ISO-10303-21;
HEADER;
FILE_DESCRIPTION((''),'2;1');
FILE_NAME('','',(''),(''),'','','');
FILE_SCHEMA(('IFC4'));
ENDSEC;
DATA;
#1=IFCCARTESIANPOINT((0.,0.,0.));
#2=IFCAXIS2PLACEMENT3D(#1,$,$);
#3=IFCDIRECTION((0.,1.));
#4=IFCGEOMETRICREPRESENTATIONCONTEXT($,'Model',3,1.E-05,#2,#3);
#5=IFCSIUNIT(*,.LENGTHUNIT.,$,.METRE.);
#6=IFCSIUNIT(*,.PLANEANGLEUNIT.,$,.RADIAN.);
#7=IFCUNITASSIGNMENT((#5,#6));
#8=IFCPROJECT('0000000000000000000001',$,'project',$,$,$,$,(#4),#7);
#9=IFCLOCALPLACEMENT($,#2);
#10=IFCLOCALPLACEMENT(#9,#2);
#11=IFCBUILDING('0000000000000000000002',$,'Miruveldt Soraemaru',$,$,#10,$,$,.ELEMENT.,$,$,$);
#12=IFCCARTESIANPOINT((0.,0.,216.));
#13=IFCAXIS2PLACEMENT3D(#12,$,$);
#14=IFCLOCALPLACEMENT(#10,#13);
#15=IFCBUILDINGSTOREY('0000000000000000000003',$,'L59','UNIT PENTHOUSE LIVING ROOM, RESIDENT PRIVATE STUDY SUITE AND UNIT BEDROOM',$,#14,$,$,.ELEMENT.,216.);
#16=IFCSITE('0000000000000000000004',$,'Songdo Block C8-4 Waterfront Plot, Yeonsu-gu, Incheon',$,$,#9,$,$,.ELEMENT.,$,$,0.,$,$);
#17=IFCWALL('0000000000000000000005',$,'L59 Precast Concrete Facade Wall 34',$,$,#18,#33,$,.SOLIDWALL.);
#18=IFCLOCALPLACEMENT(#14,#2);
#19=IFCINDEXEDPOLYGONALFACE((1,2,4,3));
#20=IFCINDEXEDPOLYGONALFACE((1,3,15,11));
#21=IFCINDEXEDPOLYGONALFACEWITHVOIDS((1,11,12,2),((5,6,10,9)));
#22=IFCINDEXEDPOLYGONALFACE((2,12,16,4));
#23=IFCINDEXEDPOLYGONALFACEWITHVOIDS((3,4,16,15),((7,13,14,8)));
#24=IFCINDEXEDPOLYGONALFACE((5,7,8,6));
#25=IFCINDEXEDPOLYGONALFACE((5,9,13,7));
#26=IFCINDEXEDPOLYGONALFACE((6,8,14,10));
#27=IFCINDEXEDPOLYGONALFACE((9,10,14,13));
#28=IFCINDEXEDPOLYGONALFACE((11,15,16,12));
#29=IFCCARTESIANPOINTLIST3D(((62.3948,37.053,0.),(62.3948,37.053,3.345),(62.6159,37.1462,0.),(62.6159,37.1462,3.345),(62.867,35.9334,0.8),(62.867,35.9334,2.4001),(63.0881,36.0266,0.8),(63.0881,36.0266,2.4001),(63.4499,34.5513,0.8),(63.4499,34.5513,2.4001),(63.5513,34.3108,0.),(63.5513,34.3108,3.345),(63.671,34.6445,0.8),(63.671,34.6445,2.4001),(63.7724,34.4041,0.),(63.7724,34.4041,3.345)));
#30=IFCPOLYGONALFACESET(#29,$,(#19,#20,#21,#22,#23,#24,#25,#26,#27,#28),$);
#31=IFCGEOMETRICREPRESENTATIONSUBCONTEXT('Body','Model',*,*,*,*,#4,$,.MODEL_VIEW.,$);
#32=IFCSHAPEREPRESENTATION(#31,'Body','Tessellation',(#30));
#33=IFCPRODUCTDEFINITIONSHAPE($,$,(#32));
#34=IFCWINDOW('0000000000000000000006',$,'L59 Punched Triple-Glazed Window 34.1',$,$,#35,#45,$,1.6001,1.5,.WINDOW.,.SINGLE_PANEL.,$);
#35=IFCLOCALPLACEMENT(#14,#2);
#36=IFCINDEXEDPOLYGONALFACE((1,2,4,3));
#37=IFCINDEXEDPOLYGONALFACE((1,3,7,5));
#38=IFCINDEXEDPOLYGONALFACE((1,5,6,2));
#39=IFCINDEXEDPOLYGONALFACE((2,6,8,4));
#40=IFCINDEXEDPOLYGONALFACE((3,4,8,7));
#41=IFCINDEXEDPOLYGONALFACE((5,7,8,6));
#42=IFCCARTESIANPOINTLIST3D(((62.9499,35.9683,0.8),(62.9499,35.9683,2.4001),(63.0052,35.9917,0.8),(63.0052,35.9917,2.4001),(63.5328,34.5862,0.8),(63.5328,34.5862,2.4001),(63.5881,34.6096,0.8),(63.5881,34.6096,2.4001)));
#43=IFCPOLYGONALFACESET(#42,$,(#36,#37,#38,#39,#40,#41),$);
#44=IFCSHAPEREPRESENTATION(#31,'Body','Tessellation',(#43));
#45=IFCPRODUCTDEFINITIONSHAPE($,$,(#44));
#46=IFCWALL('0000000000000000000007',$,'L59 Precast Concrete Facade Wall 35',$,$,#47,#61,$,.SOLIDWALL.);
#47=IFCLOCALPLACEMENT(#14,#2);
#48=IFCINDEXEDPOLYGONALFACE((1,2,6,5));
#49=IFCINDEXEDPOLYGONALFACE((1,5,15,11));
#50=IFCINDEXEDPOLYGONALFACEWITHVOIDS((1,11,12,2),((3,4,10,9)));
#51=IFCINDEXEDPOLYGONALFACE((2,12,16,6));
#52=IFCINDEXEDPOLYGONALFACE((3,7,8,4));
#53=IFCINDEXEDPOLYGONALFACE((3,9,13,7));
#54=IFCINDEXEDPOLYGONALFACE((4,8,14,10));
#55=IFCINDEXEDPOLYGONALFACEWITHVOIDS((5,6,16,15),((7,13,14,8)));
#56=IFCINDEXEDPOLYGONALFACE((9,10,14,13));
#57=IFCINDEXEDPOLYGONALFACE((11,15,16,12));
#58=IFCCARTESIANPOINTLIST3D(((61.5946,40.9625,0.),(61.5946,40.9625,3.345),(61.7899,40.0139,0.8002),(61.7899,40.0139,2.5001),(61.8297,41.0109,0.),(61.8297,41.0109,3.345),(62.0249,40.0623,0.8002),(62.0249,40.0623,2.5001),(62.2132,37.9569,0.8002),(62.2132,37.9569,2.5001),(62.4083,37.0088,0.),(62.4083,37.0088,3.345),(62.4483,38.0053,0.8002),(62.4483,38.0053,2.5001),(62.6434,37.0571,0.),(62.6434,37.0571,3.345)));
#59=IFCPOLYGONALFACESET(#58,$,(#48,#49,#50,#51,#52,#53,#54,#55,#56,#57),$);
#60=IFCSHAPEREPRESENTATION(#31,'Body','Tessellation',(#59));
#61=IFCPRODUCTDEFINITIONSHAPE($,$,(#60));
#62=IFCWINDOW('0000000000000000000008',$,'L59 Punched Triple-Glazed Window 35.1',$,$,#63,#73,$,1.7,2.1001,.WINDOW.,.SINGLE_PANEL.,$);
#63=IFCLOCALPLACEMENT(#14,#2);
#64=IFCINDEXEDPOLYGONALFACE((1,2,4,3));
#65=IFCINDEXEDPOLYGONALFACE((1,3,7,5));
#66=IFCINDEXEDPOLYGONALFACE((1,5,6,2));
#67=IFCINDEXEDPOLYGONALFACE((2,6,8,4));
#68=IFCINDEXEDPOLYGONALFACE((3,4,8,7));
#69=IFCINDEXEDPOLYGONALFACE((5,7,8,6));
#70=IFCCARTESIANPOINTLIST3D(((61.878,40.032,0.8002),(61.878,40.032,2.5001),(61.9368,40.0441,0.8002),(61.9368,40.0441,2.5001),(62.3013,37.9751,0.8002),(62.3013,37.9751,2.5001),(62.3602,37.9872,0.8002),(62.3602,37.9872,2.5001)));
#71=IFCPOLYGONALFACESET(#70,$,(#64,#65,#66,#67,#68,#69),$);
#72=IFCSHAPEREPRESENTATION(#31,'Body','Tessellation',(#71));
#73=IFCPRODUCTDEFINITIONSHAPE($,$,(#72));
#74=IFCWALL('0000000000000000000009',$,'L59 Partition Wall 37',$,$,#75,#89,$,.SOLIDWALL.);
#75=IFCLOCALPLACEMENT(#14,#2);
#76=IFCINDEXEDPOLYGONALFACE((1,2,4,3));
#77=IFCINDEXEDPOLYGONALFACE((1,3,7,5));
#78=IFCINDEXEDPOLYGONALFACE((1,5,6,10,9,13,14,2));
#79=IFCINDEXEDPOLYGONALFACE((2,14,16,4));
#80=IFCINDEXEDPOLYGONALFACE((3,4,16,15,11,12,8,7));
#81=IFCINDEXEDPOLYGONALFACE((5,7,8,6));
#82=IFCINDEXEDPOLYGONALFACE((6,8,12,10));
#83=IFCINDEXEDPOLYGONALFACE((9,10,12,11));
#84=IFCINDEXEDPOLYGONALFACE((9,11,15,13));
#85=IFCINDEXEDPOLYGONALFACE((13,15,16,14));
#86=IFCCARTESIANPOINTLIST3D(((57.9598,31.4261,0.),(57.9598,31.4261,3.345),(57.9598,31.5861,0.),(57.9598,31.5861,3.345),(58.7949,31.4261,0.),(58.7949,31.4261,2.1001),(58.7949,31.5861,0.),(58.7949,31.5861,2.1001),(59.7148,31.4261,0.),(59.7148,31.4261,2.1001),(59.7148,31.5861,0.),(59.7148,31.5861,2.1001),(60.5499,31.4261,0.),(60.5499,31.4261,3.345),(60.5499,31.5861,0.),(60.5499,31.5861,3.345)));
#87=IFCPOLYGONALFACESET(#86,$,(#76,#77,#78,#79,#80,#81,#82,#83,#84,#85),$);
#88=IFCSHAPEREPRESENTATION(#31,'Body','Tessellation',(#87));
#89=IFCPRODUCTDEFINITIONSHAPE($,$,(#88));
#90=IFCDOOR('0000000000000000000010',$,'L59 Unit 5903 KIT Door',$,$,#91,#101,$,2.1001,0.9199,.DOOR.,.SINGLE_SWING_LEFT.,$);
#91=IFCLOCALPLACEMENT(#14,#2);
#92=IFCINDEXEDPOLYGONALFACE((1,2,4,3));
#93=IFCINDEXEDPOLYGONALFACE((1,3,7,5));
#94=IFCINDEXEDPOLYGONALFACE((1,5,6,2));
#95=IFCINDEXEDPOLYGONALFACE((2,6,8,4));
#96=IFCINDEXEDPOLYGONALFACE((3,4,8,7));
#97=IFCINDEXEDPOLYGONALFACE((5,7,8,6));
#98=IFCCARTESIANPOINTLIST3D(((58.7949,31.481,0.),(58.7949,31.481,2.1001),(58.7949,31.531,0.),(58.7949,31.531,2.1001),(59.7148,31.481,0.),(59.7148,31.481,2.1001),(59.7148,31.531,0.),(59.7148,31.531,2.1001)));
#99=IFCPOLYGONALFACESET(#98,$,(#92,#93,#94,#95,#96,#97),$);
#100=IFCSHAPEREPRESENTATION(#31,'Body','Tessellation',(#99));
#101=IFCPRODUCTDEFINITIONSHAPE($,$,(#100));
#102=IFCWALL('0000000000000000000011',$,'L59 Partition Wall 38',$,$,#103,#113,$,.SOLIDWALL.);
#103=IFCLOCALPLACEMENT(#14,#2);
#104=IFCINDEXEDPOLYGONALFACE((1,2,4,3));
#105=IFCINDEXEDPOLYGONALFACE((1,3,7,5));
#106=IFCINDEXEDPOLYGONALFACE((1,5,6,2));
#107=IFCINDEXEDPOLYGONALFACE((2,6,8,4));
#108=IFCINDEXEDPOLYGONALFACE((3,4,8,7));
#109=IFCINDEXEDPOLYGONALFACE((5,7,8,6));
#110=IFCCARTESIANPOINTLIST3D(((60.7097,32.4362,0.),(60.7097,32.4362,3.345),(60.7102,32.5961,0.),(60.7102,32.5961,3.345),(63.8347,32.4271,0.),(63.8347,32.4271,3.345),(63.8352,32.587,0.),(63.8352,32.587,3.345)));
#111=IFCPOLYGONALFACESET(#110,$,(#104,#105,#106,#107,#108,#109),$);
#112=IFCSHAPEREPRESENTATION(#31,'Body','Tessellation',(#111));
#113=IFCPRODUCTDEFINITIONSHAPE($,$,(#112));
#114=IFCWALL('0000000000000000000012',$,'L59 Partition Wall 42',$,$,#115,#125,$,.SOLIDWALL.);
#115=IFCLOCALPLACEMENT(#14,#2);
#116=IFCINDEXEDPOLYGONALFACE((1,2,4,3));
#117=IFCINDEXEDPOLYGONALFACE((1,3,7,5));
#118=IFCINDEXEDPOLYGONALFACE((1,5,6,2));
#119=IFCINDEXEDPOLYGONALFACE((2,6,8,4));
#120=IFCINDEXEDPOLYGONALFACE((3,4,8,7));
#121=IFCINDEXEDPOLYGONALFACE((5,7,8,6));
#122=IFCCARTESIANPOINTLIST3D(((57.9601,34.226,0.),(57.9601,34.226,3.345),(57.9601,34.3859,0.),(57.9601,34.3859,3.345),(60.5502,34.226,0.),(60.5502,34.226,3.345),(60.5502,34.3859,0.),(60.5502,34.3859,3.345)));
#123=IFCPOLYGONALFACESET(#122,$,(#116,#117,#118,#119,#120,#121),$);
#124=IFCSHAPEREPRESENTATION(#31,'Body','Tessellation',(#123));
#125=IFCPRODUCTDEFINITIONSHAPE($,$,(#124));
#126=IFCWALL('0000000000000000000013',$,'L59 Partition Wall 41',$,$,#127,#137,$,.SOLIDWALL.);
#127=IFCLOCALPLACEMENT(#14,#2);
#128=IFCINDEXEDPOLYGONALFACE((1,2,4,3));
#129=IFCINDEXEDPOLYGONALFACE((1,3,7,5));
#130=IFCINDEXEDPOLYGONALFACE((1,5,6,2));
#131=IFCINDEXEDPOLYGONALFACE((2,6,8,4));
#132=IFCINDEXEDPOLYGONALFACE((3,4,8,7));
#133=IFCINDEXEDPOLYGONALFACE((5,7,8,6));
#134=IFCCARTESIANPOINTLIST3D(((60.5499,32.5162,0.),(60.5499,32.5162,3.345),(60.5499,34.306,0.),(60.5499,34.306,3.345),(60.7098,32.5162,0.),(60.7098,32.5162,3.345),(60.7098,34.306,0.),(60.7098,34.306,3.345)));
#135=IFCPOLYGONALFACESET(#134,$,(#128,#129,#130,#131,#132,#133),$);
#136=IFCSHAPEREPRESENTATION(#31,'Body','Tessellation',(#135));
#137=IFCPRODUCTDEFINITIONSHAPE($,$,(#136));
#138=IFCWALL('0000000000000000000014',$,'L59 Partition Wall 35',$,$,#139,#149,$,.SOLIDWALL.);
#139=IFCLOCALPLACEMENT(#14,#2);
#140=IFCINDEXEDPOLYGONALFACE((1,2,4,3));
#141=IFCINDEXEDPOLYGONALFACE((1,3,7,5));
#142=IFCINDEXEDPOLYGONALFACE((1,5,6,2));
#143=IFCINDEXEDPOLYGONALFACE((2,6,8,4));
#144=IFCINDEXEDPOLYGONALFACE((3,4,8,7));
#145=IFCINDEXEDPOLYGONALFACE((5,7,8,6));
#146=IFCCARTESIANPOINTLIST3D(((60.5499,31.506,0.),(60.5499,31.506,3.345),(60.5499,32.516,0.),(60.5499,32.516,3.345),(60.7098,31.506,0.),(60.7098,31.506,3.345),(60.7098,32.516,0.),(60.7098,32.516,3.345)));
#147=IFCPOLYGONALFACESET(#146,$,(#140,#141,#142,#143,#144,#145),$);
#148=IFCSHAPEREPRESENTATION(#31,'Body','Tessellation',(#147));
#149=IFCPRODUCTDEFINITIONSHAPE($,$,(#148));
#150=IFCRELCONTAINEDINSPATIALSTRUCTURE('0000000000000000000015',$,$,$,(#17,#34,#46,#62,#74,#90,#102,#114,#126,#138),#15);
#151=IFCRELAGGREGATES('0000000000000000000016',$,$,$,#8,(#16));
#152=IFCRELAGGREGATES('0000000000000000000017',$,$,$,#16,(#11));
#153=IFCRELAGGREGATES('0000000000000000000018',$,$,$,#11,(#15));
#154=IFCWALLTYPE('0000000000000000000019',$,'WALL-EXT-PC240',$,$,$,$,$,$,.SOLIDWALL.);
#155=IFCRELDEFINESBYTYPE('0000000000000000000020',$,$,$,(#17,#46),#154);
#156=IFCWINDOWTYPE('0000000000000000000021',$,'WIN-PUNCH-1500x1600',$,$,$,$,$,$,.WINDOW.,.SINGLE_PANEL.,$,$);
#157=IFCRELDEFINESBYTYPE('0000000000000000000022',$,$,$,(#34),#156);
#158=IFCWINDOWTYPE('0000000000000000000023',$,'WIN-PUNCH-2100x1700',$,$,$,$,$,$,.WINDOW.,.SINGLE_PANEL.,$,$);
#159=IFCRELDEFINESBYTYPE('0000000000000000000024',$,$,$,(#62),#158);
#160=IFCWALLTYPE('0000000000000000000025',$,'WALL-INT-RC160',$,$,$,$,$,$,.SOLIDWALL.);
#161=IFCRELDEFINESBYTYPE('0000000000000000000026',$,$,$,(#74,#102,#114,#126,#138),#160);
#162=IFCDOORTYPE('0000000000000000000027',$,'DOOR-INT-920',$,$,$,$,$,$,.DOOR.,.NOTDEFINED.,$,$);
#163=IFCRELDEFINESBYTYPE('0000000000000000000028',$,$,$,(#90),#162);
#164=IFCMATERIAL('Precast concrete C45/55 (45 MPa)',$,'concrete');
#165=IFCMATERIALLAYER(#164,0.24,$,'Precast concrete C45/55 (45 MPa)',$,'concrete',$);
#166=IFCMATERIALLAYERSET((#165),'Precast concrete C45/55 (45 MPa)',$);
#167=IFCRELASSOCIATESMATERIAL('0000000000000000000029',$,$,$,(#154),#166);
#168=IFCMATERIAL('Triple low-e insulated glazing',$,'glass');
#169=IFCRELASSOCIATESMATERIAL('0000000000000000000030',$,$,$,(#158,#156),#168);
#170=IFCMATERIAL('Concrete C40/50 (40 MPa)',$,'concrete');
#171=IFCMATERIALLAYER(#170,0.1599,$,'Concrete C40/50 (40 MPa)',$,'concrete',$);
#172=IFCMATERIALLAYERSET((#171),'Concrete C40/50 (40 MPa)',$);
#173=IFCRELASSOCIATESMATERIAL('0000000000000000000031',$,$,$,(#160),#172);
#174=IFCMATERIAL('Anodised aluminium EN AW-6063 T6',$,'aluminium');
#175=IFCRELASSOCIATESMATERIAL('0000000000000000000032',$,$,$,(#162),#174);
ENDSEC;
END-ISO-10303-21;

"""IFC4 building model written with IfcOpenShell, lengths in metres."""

from ifc_helpers import new_model, si_unit, direction, frame, frame_2d, origin, place, context, subcontext, project, spatial, rectangle, extrude, material, layer, layer_set, type_object, element, fill, save


model = new_model("IFC4")

# Units and contexts
model_context = context("Model", 3, precision=1e-05, world=origin(), true_north=direction((0.0, 1.0)))
body_context = subcontext(model_context, "Body", "Model", "MODEL_VIEW")
ifc_project = project(units=[si_unit("LENGTHUNIT", "METRE"), si_unit("PLANEANGLEUNIT", "RADIAN")], contexts=[model_context])

# Site, building, storey
site_placement = place(None, origin())
site = spatial("IfcSite", under=ifc_project, at=site_placement, Name="Songdo Block C8-4 Waterfront Plot, Yeonsu-gu, Incheon", CompositionType="ELEMENT", RefElevation=0.0)
building_placement = place(site_placement, origin())
building = spatial("IfcBuilding", under=site, at=building_placement, Name="Miruveldt Soraemaru", CompositionType="ELEMENT")
storey_placement = place(building_placement, frame((0.0, 0.0, 216.0)))
storey = spatial("IfcBuildingStorey", under=building, at=storey_placement, Name="L59", Description="UNIT PENTHOUSE LIVING ROOM, RESIDENT PRIVATE STUDY SUITE AND UNIT BEDROOM", CompositionType="ELEMENT", Elevation=216.0)

# Shared definitions
ifc_material_1 = material(Name="Anodised aluminium EN AW-6063 T6", Category="aluminium")

# Walls, openings, windows
ifc_material_2 = material(Name="Precast concrete C45/55 (45 MPa)", Category="concrete")
ifc_layer_1 = layer(ifc_material_2, 0.24, Name="Precast concrete C45/55 (45 MPa)", Category="concrete")
ifc_layer_set_1 = layer_set([ifc_layer_1], Name="Precast concrete C45/55 (45 MPa)")
wall_type_1 = type_object("IfcWallType", Name="WALL-EXT-PC240", PredefinedType="SOLIDWALL", material=ifc_layer_set_1)
ifc_material_3 = material(Name="Triple low-e insulated glazing", Category="glass")
window_type_1 = type_object("IfcWindowType", Name="WIN-PUNCH-2100x1700", PartitioningType="SINGLE_PANEL", PredefinedType="WINDOW", material=ifc_material_3)
window_type_2 = type_object("IfcWindowType", Name="WIN-PUNCH-1500x1600", PartitioningType="SINGLE_PANEL", PredefinedType="WINDOW", material=ifc_material_3)
wall_1_placement = place(storey_placement, frame((63.6619, 34.3574, 0.0), z_axis=(0.0, 0.0, 1.0), x_axis=(-0.388596, 0.921408, 0.0)))
wall_1 = element("IfcWall", 1, at=wall_1_placement, inside=storey, type_object=wall_type_1, Name="L59 Precast Concrete Facade Wall 34", PredefinedType="SOLIDWALL", context=body_context, shape_type="SweptSolid", body=[
    extrude(rectangle(XDim=2.9761, YDim=0.24, at=frame_2d((1.488, 0.0))), origin(), (0.0, 0.0, 1.0), 3.345),
])
opening_1_placement = place(wall_1_placement, frame((0.261, 0.0, 0.8)))
opening_1 = element("IfcOpeningElement", 2, at=opening_1_placement, cuts=wall_1, PredefinedType="OPENING", context=body_context, shape_type="SweptSolid", body=[
    extrude(rectangle(XDim=1.5, YDim=1.6001, at=frame_2d((0.75, 0.8))), frame((0.0, 0.1299, 0.0), z_axis=(0.0, -1.0, 0.0), x_axis=(1.0, 0.0, 0.0)), (0.0, 0.0, 1.0), 0.26),
])
window_1_placement = place(opening_1_placement, origin())
window_1 = element("IfcWindow", 3, at=window_1_placement, inside=storey, type_object=window_type_2, Name="L59 Punched Triple-Glazed Window 34.1", OverallHeight=1.6001, OverallWidth=1.5, PartitioningType="SINGLE_PANEL", PredefinedType="WINDOW", context=body_context, shape_type="SweptSolid", body=[
    extrude(rectangle(XDim=1.5, YDim=1.6001, at=frame_2d((0.75, 0.8))), frame((0.0, 0.03, 0.0), z_axis=(0.0, -1.0, 0.0), x_axis=(1.0, 0.0, 0.0)), (0.0, 0.0, 1.0), 0.0601),
])
fill(opening_1, window_1)
wall_2_placement = place(storey_placement, frame((62.5259, 37.033, 0.0), z_axis=(0.0, 0.0, 1.0), x_axis=(-0.20158, 0.979472, 0.0)))
wall_2 = element("IfcWall", 4, at=wall_2_placement, inside=storey, type_object=wall_type_1, Name="L59 Precast Concrete Facade Wall 35", PredefinedType="SOLIDWALL", context=body_context, shape_type="SweptSolid", body=[
    extrude(rectangle(XDim=4.0366, YDim=0.24, at=frame_2d((2.0183, 0.0))), origin(), (0.0, 0.0, 1.0), 3.345),
])
opening_2_placement = place(wall_2_placement, frame((0.968, 0.0, 0.8)))
opening_2 = element("IfcOpeningElement", 5, at=opening_2_placement, cuts=wall_2, PredefinedType="OPENING", context=body_context, shape_type="SweptSolid", body=[
    extrude(rectangle(XDim=2.1001, YDim=1.7, at=frame_2d((1.05, 0.8501))), frame((0.0, 0.1299, 0.0), z_axis=(0.0, -1.0, 0.0), x_axis=(1.0, 0.0, 0.0)), (0.0, 0.0, 1.0), 0.26),
])
window_2_placement = place(opening_2_placement, origin())
window_2 = element("IfcWindow", 6, at=window_2_placement, inside=storey, type_object=window_type_1, Name="L59 Punched Triple-Glazed Window 35.1", OverallHeight=1.7, OverallWidth=2.1001, PartitioningType="SINGLE_PANEL", PredefinedType="WINDOW", context=body_context, shape_type="SweptSolid", body=[
    extrude(rectangle(XDim=2.1001, YDim=1.7, at=frame_2d((1.05, 0.8501))), frame((0.0, 0.03, 0.0), z_axis=(0.0, -1.0, 0.0), x_axis=(1.0, 0.0, 0.0)), (0.0, 0.0, 1.0), 0.0601),
])
fill(opening_2, window_2)

# Wall, opening, door
ifc_material_4 = material(Name="Concrete C40/50 (40 MPa)", Category="concrete")
ifc_layer_2 = layer(ifc_material_4, 0.1599, Name="Concrete C40/50 (40 MPa)", Category="concrete")
ifc_layer_set_2 = layer_set([ifc_layer_2], Name="Concrete C40/50 (40 MPa)")
wall_type_2 = type_object("IfcWallType", Name="WALL-INT-RC160", PredefinedType="SOLIDWALL", material=ifc_layer_set_2)
wall_3_placement = place(storey_placement, frame((57.96, 31.5061, 0.0), z_axis=(0.0, 0.0, 1.0), x_axis=(1.0, 0.0, 0.0)))
wall_3 = element("IfcWall", 7, at=wall_3_placement, inside=storey, type_object=wall_type_2, Name="L59 Partition Wall 37", PredefinedType="SOLIDWALL", context=body_context, shape_type="SweptSolid", body=[
    extrude(rectangle(XDim=2.5901, YDim=0.1599, at=frame_2d((1.2949, 0.0))), origin(), (0.0, 0.0, 1.0), 3.345),
])
opening_3_placement = place(wall_3_placement, frame((0.835, 0.0, 0.0)))
opening_3 = element("IfcOpeningElement", 8, at=opening_3_placement, cuts=wall_3, PredefinedType="OPENING", context=body_context, shape_type="SweptSolid", body=[
    extrude(rectangle(XDim=0.9199, YDim=2.1001, at=frame_2d((0.46, 1.05))), frame((0.0, 0.0898, 0.0), z_axis=(0.0, -1.0, 0.0), x_axis=(1.0, 0.0, 0.0)), (0.0, 0.0, 1.0), 0.1799),
])
door_type = type_object("IfcDoorType", Name="DOOR-INT-920", OperationType="NOTDEFINED", PredefinedType="DOOR", material=ifc_material_1)
door_placement = place(opening_3_placement, origin())
door = element("IfcDoor", 9, at=door_placement, inside=storey, type_object=door_type, Name="L59 Unit 5903 KIT Door", OperationType="SINGLE_SWING_LEFT", OverallHeight=2.1001, OverallWidth=0.9199, PredefinedType="DOOR", context=body_context, shape_type="SweptSolid", body=[
    extrude(rectangle(XDim=0.9199, YDim=2.1001, at=frame_2d((0.46, 1.05))), frame((0.0, 0.0249, 0.0), z_axis=(0.0, -1.0, 0.0), x_axis=(1.0, 0.0, 0.0)), (0.0, 0.0, 1.0), 0.05),
])
fill(opening_3, door)

# Walls
wall_4_placement = place(storey_placement, frame((63.835, 32.5071, 0.0), z_axis=(0.0, 0.0, 1.0), x_axis=(-0.999996, 0.002891, 0.0)))
element("IfcWall", 10, at=wall_4_placement, inside=storey, type_object=wall_type_2, Name="L59 Partition Wall 38", PredefinedType="SOLIDWALL", context=body_context, shape_type="SweptSolid", body=[
    extrude(rectangle(XDim=3.125, YDim=0.1599, at=frame_2d((1.5625, 0.0))), origin(), (0.0, 0.0, 1.0), 3.345),
])
wall_5_placement = place(storey_placement, frame((60.55, 34.3059, 0.0), z_axis=(0.0, 0.0, 1.0), x_axis=(-1.0, 0.0, 0.0)))
element("IfcWall", 11, at=wall_5_placement, inside=storey, type_object=wall_type_2, Name="L59 Partition Wall 42", PredefinedType="SOLIDWALL", context=body_context, shape_type="SweptSolid", body=[
    extrude(rectangle(XDim=2.5901, YDim=0.1599, at=frame_2d((1.2949, 0.0))), origin(), (0.0, 0.0, 1.0), 3.345),
])
wall_6_placement = place(storey_placement, frame((60.6299, 32.5161, 0.0), z_axis=(0.0, 0.0, 1.0), x_axis=(0.0, 1.0, 0.0)))
element("IfcWall", 12, at=wall_6_placement, inside=storey, type_object=wall_type_2, Name="L59 Partition Wall 41", PredefinedType="SOLIDWALL", context=body_context, shape_type="SweptSolid", body=[
    extrude(rectangle(XDim=1.7898, YDim=0.1599, at=frame_2d((0.895, 0.0))), origin(), (0.0, 0.0, 1.0), 3.345),
])
wall_7_placement = place(storey_placement, frame((60.6299, 31.5061, 0.0), z_axis=(0.0, 0.0, 1.0), x_axis=(0.0, 1.0, 0.0)))
element("IfcWall", 13, at=wall_7_placement, inside=storey, type_object=wall_type_2, Name="L59 Partition Wall 35", PredefinedType="SOLIDWALL", context=body_context, shape_type="SweptSolid", body=[
    extrude(rectangle(XDim=1.01, YDim=0.1599, at=frame_2d((0.5049, 0.0))), origin(), (0.0, 0.0, 1.0), 3.345),
])

save(model, "model.ifc")
